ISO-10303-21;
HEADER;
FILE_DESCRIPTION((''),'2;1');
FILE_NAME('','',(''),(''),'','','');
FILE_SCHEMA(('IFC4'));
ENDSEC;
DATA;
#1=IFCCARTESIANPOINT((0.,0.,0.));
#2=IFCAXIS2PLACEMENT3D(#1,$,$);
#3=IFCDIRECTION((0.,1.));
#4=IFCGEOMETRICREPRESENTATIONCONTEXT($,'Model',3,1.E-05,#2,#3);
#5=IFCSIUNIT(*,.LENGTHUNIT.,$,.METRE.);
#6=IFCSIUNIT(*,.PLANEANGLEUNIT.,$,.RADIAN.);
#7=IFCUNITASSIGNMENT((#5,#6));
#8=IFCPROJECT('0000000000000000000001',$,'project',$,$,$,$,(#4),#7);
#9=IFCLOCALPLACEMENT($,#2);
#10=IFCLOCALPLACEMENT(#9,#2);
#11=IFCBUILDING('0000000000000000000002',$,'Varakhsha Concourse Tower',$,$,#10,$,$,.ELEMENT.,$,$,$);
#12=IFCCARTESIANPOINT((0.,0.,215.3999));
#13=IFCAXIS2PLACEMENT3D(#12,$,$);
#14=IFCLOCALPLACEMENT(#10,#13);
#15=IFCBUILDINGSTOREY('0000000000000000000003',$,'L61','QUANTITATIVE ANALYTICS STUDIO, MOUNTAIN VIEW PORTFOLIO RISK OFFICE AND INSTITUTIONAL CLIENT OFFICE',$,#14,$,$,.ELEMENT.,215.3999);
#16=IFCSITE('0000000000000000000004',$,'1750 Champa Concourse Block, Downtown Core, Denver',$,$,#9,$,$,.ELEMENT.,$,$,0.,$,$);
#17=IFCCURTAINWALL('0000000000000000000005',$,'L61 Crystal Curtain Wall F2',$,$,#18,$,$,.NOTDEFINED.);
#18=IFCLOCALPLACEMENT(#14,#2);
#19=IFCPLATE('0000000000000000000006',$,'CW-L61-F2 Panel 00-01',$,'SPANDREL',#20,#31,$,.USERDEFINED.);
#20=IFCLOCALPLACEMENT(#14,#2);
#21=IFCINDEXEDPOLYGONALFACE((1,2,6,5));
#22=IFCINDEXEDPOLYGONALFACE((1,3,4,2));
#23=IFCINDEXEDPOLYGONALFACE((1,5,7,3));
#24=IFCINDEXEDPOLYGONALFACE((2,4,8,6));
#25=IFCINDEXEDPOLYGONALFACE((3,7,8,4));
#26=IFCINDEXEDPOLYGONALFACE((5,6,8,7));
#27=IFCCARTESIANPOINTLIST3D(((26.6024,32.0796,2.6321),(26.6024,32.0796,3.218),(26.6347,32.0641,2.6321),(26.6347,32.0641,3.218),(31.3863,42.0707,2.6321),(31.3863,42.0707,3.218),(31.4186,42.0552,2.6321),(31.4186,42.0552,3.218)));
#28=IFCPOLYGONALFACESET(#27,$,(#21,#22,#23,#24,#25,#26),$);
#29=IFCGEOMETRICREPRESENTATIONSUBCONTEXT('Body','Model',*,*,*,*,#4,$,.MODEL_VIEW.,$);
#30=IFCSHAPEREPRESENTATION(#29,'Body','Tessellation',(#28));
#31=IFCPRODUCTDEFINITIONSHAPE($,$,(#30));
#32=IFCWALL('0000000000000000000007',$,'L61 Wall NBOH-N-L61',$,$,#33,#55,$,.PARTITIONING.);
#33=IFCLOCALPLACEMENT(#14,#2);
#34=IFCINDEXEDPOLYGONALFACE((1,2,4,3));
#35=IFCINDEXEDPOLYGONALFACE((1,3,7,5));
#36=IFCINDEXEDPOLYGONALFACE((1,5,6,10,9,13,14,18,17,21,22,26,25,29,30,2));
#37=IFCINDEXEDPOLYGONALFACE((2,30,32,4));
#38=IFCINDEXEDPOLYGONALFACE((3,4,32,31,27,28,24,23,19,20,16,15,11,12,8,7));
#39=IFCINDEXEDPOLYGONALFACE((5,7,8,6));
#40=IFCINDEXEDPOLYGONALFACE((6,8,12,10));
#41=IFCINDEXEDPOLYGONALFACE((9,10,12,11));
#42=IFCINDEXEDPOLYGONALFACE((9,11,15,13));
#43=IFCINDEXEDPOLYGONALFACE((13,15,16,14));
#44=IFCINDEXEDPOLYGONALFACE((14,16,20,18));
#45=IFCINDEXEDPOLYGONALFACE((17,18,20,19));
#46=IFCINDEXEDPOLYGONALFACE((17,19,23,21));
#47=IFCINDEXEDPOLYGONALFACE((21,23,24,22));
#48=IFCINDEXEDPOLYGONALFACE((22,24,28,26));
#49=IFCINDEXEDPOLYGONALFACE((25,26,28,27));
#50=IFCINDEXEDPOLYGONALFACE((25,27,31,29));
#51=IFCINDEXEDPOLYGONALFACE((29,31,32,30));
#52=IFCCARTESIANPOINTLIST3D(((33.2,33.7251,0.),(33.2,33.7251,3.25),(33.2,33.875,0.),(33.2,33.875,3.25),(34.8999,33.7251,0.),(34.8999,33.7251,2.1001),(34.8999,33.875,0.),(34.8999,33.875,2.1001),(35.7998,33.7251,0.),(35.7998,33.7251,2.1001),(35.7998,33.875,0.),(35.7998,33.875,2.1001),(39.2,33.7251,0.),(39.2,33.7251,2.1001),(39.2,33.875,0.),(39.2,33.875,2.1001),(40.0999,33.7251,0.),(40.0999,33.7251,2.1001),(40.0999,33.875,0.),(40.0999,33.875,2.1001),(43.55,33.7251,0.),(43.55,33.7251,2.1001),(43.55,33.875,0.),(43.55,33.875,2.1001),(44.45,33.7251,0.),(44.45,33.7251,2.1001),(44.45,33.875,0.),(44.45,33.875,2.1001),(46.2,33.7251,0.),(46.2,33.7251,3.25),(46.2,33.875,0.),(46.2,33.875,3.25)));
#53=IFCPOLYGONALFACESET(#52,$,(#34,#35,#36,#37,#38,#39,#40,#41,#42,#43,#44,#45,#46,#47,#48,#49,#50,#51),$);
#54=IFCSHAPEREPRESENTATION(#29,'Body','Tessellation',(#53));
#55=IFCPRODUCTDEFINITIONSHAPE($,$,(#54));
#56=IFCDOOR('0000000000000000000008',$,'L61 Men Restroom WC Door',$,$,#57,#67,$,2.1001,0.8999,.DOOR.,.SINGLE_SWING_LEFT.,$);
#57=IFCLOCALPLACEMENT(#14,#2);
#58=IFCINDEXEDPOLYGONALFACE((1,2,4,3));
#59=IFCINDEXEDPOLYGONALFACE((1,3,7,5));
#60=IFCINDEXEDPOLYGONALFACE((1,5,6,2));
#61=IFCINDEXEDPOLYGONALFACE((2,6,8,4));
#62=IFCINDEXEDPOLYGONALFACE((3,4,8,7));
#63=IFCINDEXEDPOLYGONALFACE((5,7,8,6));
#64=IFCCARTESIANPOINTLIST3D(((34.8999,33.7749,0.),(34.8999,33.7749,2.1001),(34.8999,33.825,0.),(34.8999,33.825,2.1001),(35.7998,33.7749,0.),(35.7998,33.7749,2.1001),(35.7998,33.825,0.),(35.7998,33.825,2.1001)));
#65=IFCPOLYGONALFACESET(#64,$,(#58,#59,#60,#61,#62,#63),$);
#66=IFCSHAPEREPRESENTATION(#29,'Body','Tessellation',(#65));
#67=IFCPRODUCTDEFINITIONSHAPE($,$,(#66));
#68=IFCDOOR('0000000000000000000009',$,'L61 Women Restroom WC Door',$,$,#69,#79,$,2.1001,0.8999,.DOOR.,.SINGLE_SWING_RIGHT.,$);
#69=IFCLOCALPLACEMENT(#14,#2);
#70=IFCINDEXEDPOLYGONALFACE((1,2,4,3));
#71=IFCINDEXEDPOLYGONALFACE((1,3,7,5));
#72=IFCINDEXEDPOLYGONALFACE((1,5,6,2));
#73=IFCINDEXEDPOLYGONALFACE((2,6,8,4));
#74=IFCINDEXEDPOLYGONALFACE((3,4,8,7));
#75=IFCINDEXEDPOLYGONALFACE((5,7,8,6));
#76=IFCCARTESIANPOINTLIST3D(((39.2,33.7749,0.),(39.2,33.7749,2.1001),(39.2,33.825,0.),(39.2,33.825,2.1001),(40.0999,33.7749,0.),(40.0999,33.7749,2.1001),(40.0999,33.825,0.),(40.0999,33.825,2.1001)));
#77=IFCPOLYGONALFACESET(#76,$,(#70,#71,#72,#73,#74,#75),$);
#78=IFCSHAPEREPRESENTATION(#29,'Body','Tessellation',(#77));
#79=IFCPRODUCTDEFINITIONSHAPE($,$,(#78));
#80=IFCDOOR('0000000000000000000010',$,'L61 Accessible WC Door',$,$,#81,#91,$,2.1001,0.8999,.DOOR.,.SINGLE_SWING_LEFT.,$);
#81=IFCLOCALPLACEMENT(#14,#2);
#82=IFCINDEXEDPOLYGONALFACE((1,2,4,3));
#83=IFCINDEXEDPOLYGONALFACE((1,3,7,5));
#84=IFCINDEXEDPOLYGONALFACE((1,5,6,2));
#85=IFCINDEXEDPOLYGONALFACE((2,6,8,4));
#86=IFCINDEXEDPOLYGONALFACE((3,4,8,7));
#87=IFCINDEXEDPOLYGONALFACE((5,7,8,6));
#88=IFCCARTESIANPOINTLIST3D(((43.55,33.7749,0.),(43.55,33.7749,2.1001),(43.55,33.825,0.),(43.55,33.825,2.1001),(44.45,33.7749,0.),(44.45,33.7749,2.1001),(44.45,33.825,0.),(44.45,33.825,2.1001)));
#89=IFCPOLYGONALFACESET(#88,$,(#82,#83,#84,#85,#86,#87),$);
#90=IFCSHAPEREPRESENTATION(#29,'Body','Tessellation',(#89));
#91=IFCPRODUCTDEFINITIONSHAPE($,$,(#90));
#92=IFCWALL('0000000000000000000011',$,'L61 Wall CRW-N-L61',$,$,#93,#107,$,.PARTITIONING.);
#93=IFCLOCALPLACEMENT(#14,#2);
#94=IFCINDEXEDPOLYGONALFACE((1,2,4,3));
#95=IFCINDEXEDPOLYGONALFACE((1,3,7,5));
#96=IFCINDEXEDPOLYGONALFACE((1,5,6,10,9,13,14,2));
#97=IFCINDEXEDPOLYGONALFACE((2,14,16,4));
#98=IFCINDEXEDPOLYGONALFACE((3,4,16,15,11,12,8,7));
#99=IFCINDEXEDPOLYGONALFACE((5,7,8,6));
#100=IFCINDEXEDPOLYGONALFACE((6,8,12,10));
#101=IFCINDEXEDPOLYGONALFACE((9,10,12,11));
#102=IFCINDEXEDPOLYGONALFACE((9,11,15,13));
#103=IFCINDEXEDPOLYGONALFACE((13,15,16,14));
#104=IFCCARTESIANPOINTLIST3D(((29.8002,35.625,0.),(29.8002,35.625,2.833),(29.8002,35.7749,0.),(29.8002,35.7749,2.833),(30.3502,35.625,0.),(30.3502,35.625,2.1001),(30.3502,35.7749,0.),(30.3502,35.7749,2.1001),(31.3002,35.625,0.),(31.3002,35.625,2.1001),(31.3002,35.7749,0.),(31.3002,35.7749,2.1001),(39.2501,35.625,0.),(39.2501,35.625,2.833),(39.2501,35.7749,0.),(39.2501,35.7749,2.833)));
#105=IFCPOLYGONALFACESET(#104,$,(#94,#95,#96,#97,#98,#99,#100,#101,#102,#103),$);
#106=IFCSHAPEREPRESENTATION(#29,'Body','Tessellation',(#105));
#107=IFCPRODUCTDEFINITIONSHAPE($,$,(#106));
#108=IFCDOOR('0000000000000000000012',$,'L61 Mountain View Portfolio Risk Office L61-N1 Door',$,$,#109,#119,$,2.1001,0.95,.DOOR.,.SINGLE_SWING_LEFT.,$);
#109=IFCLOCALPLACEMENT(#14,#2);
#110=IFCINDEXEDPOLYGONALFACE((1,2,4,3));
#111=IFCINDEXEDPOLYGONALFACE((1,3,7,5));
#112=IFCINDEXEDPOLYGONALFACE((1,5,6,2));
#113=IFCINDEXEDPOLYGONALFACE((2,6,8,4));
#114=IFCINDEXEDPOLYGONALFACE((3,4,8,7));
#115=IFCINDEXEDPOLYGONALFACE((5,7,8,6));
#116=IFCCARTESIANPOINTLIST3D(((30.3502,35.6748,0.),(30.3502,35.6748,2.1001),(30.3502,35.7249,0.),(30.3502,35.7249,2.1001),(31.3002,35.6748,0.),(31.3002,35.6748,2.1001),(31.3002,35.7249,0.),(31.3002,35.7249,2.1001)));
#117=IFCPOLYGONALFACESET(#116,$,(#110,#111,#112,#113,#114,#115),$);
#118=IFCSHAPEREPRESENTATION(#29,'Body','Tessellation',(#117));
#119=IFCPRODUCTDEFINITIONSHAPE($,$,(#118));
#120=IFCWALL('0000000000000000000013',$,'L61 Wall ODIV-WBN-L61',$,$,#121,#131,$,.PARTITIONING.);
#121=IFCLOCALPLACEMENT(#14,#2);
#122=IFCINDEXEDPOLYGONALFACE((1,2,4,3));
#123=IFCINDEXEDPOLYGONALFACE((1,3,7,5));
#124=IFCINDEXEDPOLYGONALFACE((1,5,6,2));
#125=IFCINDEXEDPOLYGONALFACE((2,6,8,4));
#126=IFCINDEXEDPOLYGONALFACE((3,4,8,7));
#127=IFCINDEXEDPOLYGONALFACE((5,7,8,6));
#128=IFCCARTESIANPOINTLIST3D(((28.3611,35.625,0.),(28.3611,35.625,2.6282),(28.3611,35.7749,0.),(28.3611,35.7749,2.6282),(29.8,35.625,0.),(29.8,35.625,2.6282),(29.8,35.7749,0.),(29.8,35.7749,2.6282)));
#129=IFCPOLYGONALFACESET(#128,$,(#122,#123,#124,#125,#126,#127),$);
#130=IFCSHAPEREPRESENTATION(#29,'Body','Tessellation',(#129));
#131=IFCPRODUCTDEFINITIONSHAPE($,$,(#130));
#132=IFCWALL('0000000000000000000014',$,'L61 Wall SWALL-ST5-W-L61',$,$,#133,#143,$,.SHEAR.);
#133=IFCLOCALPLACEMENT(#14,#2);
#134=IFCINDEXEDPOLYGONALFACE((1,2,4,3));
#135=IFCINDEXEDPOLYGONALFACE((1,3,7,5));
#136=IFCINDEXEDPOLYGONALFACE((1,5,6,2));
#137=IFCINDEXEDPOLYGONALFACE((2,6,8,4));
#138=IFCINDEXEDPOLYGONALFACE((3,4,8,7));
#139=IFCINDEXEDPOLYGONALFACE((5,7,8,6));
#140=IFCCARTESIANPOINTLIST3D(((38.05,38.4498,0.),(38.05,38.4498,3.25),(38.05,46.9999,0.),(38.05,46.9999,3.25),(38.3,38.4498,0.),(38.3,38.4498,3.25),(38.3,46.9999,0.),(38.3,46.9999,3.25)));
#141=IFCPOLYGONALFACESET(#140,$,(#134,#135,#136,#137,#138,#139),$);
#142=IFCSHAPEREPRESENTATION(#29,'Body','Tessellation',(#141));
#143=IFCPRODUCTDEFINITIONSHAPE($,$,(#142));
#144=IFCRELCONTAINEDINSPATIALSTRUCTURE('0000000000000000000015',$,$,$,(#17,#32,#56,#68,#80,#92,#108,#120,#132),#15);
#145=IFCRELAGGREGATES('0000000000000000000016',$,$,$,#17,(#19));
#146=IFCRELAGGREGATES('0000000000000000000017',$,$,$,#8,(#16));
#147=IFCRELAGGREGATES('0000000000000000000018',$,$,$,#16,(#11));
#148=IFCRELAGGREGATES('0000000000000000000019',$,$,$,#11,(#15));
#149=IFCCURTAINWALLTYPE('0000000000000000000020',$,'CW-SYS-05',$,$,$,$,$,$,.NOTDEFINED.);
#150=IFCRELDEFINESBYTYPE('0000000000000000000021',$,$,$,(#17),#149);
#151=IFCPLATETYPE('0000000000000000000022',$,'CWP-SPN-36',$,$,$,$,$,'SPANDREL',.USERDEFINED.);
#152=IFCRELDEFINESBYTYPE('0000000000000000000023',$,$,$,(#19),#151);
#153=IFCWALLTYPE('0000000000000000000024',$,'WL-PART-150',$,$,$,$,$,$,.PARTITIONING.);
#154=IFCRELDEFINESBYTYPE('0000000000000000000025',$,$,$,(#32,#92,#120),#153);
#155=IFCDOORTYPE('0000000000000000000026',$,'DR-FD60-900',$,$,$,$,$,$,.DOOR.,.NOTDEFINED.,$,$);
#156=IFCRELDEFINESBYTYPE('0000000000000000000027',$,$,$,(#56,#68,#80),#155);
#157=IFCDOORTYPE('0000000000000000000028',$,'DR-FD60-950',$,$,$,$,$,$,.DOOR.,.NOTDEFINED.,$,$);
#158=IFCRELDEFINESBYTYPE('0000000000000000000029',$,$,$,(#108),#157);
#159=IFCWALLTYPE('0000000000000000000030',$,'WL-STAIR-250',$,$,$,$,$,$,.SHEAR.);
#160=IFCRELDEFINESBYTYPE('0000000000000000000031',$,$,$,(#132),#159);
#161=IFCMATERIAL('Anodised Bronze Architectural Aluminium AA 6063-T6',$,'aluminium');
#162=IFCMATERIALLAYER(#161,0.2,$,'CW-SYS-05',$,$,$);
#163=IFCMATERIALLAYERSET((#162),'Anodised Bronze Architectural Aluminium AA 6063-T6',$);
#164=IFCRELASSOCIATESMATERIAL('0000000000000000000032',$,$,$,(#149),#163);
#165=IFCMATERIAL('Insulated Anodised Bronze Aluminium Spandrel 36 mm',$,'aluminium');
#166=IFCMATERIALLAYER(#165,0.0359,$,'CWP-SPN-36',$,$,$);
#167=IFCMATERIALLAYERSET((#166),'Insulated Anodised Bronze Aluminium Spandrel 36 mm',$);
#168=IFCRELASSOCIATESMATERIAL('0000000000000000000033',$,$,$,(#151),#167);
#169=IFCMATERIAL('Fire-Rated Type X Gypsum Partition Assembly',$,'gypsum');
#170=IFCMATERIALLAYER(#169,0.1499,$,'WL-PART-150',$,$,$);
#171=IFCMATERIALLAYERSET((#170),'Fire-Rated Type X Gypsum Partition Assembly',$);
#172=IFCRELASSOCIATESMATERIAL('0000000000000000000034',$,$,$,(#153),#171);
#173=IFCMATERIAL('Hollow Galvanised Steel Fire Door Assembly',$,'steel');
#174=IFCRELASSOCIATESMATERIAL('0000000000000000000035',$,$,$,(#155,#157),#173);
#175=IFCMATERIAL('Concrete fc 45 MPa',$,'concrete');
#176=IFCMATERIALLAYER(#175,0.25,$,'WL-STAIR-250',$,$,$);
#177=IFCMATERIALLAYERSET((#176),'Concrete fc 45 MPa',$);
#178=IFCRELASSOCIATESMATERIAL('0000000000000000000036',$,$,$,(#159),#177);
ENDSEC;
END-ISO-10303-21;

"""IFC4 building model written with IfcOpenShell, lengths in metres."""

from ifc_helpers import new_model, si_unit, direction, frame, frame_2d, origin, origin_2d, place, context, subcontext, project, spatial, rectangle, extrude, source, transform, mapped, material, layer, layer_set, type_object, type_shapes, element, fill, aggregate, save


model = new_model("IFC4")

# Units and contexts
model_context = context("Model", 3, precision=1e-05, world=origin(), true_north=direction((0.0, 1.0)))
body_context = subcontext(model_context, "Body", "Model", "MODEL_VIEW")
ifc_project = project(units=[si_unit("LENGTHUNIT", "METRE"), si_unit("PLANEANGLEUNIT", "RADIAN")], contexts=[model_context])

# Site, building, storey
site_placement = place(None, origin())
site = spatial("IfcSite", under=ifc_project, at=site_placement, Name="1750 Champa Concourse Block, Downtown Core, Denver", CompositionType="ELEMENT", RefElevation=0.0)
building_placement = place(site_placement, origin())
building = spatial("IfcBuilding", under=site, at=building_placement, Name="Varakhsha Concourse Tower", CompositionType="ELEMENT")
storey_placement = place(building_placement, frame((0.0, 0.0, 215.3999)))
storey = spatial("IfcBuildingStorey", under=building, at=storey_placement, Name="L61", Description="QUANTITATIVE ANALYTICS STUDIO, MOUNTAIN VIEW PORTFOLIO RISK OFFICE AND INSTITUTIONAL CLIENT OFFICE", CompositionType="ELEMENT", Elevation=215.3999)

# Curtain wall
ifc_material_1 = material(Name="Anodised Bronze Architectural Aluminium AA 6063-T6", Category="aluminium")
ifc_layer_1 = layer(ifc_material_1, 0.2, Name="CW-SYS-05")
ifc_layer_set_1 = layer_set([ifc_layer_1], Name="Anodised Bronze Architectural Aluminium AA 6063-T6")
curtain_wall_type = type_object("IfcCurtainWallType", Name="CW-SYS-05", PredefinedType="NOTDEFINED", material=ifc_layer_set_1)
curtain_wall_1_placement = place(storey_placement, origin())
curtain_wall_1 = element("IfcCurtainWall", 1, at=curtain_wall_1_placement, inside=storey, type_object=curtain_wall_type, Name="L61 Crystal Curtain Wall F2", PredefinedType="NOTDEFINED")

# Plate
ifc_material_2 = material(Name="Insulated Anodised Bronze Aluminium Spandrel 36 mm", Category="aluminium")
ifc_layer_2 = layer(ifc_material_2, 0.0359, Name="CWP-SPN-36")
ifc_layer_set_2 = layer_set([ifc_layer_2], Name="Insulated Anodised Bronze Aluminium Spandrel 36 mm")
plate_type_1 = type_object("IfcPlateType", Name="CWP-SPN-36", ElementType="SPANDREL", PredefinedType="USERDEFINED", material=ifc_layer_set_2)
shared_shape_1 = source(origin(), body_context, "Body", "SweptSolid", [
    extrude(rectangle(XDim=11.0774, YDim=0.0359, at=origin_2d()), origin(), (0.0, 0.0, 1.0), 0.5859),
])
type_shapes(plate_type_1, [shared_shape_1])
plate_1_placement = place(storey_placement, frame((29.0105, 37.0674, 2.6321), z_axis=(0.0, 0.0, 1.0), x_axis=(0.431862, 0.90194, 0.0)))
plate_1 = element("IfcPlate", 2, at=plate_1_placement, type_object=plate_type_1, Name="CW-L61-F2 Panel 00-01", ObjectType="SPANDREL", PredefinedType="USERDEFINED", context=body_context, shape_type="MappedRepresentation", body=[
    mapped(shared_shape_1, transform((0.0, 0.0, 0.0), scale=1.0)),
])
aggregate(curtain_wall_1, [plate_1])

# Wall, openings, doors
ifc_material_3 = material(Name="Fire-Rated Type X Gypsum Partition Assembly", Category="gypsum")
ifc_layer_3 = layer(ifc_material_3, 0.1499, Name="WL-PART-150")
ifc_layer_set_3 = layer_set([ifc_layer_3], Name="Fire-Rated Type X Gypsum Partition Assembly")
wall_type_1 = type_object("IfcWallType", Name="WL-PART-150", PredefinedType="PARTITIONING", material=ifc_layer_set_3)
wall_1_placement = place(storey_placement, frame((33.2, 33.8, 0.0), z_axis=(0.0, 0.0, 1.0), x_axis=(1.0, 0.0, 0.0)))
wall_1 = element("IfcWall", 3, at=wall_1_placement, inside=storey, type_object=wall_type_1, Name="L61 Wall NBOH-N-L61", PredefinedType="PARTITIONING", context=body_context, shape_type="SweptSolid", body=[
    extrude(rectangle(XDim=13.0, YDim=0.1499, at=frame_2d((6.5, 0.0))), origin(), (0.0, 0.0, 1.0), 3.25),
])
opening_1_placement = place(wall_1_placement, frame((1.7, 0.0, 0.0)))
opening_1 = element("IfcOpeningElement", 4, at=opening_1_placement, cuts=wall_1, PredefinedType="OPENING", context=body_context, shape_type="SweptSolid", body=[
    extrude(rectangle(XDim=0.8999, YDim=2.1001, at=frame_2d((0.45, 1.05))), frame((0.0, 0.085, 0.0), z_axis=(0.0, -1.0, 0.0), x_axis=(1.0, 0.0, 0.0)), (0.0, 0.0, 1.0), 0.1699),
])
opening_2_placement = place(wall_1_placement, frame((6.0, 0.0, 0.0)))
opening_2 = element("IfcOpeningElement", 5, at=opening_2_placement, cuts=wall_1, PredefinedType="OPENING", context=body_context, shape_type="SweptSolid", body=[
    extrude(rectangle(XDim=0.8999, YDim=2.1001, at=frame_2d((0.45, 1.05))), frame((0.0, 0.085, 0.0), z_axis=(0.0, -1.0, 0.0), x_axis=(1.0, 0.0, 0.0)), (0.0, 0.0, 1.0), 0.1699),
])
opening_3_placement = place(wall_1_placement, frame((10.3501, 0.0, 0.0)))
opening_3 = element("IfcOpeningElement", 6, at=opening_3_placement, cuts=wall_1, PredefinedType="OPENING", context=body_context, shape_type="SweptSolid", body=[
    extrude(rectangle(XDim=0.8999, YDim=2.1001, at=frame_2d((0.45, 1.05))), frame((0.0, 0.085, 0.0), z_axis=(0.0, -1.0, 0.0), x_axis=(1.0, 0.0, 0.0)), (0.0, 0.0, 1.0), 0.1699),
])
ifc_material_4 = material(Name="Hollow Galvanised Steel Fire Door Assembly", Category="steel")
door_type_1 = type_object("IfcDoorType", Name="DR-FD60-900", OperationType="NOTDEFINED", PredefinedType="DOOR", material=ifc_material_4)
door_1_placement = place(opening_1_placement, origin())
door_1 = element("IfcDoor", 7, at=door_1_placement, inside=storey, type_object=door_type_1, Name="L61 Men Restroom WC Door", OperationType="SINGLE_SWING_LEFT", OverallHeight=2.1001, OverallWidth=0.8999, PredefinedType="DOOR", context=body_context, shape_type="SweptSolid", body=[
    extrude(rectangle(XDim=0.8999, YDim=2.1001, at=frame_2d((0.45, 1.05))), frame((0.0, 0.0249, 0.0), z_axis=(0.0, -1.0, 0.0), x_axis=(1.0, 0.0, 0.0)), (0.0, 0.0, 1.0), 0.05),
])
fill(opening_1, door_1)
door_2_placement = place(opening_2_placement, origin())
door_2 = element("IfcDoor", 8, at=door_2_placement, inside=storey, type_object=door_type_1, Name="L61 Women Restroom WC Door", OperationType="SINGLE_SWING_RIGHT", OverallHeight=2.1001, OverallWidth=0.8999, PredefinedType="DOOR", context=body_context, shape_type="SweptSolid", body=[
    extrude(rectangle(XDim=0.8999, YDim=2.1001, at=frame_2d((0.45, 1.05))), frame((0.0, 0.0249, 0.0), z_axis=(0.0, -1.0, 0.0), x_axis=(1.0, 0.0, 0.0)), (0.0, 0.0, 1.0), 0.05),
])
fill(opening_2, door_2)
door_3_placement = place(opening_3_placement, origin())
door_3 = element("IfcDoor", 9, at=door_3_placement, inside=storey, type_object=door_type_1, Name="L61 Accessible WC Door", OperationType="SINGLE_SWING_LEFT", OverallHeight=2.1001, OverallWidth=0.8999, PredefinedType="DOOR", context=body_context, shape_type="SweptSolid", body=[
    extrude(rectangle(XDim=0.8999, YDim=2.1001, at=frame_2d((0.45, 1.05))), frame((0.0, 0.0249, 0.0), z_axis=(0.0, -1.0, 0.0), x_axis=(1.0, 0.0, 0.0)), (0.0, 0.0, 1.0), 0.05),
])
fill(opening_3, door_3)

# Wall, opening, door
wall_2_placement = place(storey_placement, frame((29.8, 35.7, 0.0), z_axis=(0.0, 0.0, 1.0), x_axis=(1.0, 0.0, 0.0)))
wall_2 = element("IfcWall", 10, at=wall_2_placement, inside=storey, type_object=wall_type_1, Name="L61 Wall CRW-N-L61", PredefinedType="PARTITIONING", context=body_context, shape_type="SweptSolid", body=[
    extrude(rectangle(XDim=9.45, YDim=0.1499, at=frame_2d((4.7251, 0.0))), origin(), (0.0, 0.0, 1.0), 2.833),
])
opening_4_placement = place(wall_2_placement, frame((0.55, 0.0, 0.0)))
opening_4 = element("IfcOpeningElement", 11, at=opening_4_placement, cuts=wall_2, PredefinedType="OPENING", context=body_context, shape_type="SweptSolid", body=[
    extrude(rectangle(XDim=0.95, YDim=2.1001, at=frame_2d((0.4751, 1.05))), frame((0.0, 0.085, 0.0), z_axis=(0.0, -1.0, 0.0), x_axis=(1.0, 0.0, 0.0)), (0.0, 0.0, 1.0), 0.1699),
])
door_type_2 = type_object("IfcDoorType", Name="DR-FD60-950", OperationType="NOTDEFINED", PredefinedType="DOOR", material=ifc_material_4)
door_4_placement = place(opening_4_placement, origin())
door_4 = element("IfcDoor", 12, at=door_4_placement, inside=storey, type_object=door_type_2, Name="L61 Mountain View Portfolio Risk Office L61-N1 Door", OperationType="SINGLE_SWING_LEFT", OverallHeight=2.1001, OverallWidth=0.95, PredefinedType="DOOR", context=body_context, shape_type="SweptSolid", body=[
    extrude(rectangle(XDim=0.95, YDim=2.1001, at=frame_2d((0.4751, 1.05))), frame((0.0, 0.0249, 0.0), z_axis=(0.0, -1.0, 0.0), x_axis=(1.0, 0.0, 0.0)), (0.0, 0.0, 1.0), 0.05),
])
fill(opening_4, door_4)

# Walls
wall_3_placement = place(storey_placement, frame((28.3611, 35.7, 0.0), z_axis=(0.0, 0.0, 1.0), x_axis=(1.0, 0.0, 0.0)))
element("IfcWall", 13, at=wall_3_placement, inside=storey, type_object=wall_type_1, Name="L61 Wall ODIV-WBN-L61", PredefinedType="PARTITIONING", context=body_context, shape_type="SweptSolid", body=[
    extrude(rectangle(XDim=1.439, YDim=0.1499, at=frame_2d((0.7195, 0.0))), origin(), (0.0, 0.0, 1.0), 2.6282),
])
ifc_material_5 = material(Name="Concrete fc 45 MPa", Category="concrete")
ifc_layer_4 = layer(ifc_material_5, 0.25, Name="WL-STAIR-250")
ifc_layer_set_4 = layer_set([ifc_layer_4], Name="Concrete fc 45 MPa")
wall_type_2 = type_object("IfcWallType", Name="WL-STAIR-250", PredefinedType="SHEAR", material=ifc_layer_set_4)
wall_4_placement = place(storey_placement, frame((38.175, 38.45, 0.0), z_axis=(0.0, 0.0, 1.0), x_axis=(0.0, 1.0, 0.0)))
element("IfcWall", 14, at=wall_4_placement, inside=storey, type_object=wall_type_2, Name="L61 Wall SWALL-ST5-W-L61", PredefinedType="SHEAR", context=body_context, shape_type="SweptSolid", body=[
    extrude(rectangle(XDim=8.55, YDim=0.25, at=frame_2d((4.2749, 0.0))), origin(), (0.0, 0.0, 1.0), 3.25),
])

save(model, "model.ifc")
